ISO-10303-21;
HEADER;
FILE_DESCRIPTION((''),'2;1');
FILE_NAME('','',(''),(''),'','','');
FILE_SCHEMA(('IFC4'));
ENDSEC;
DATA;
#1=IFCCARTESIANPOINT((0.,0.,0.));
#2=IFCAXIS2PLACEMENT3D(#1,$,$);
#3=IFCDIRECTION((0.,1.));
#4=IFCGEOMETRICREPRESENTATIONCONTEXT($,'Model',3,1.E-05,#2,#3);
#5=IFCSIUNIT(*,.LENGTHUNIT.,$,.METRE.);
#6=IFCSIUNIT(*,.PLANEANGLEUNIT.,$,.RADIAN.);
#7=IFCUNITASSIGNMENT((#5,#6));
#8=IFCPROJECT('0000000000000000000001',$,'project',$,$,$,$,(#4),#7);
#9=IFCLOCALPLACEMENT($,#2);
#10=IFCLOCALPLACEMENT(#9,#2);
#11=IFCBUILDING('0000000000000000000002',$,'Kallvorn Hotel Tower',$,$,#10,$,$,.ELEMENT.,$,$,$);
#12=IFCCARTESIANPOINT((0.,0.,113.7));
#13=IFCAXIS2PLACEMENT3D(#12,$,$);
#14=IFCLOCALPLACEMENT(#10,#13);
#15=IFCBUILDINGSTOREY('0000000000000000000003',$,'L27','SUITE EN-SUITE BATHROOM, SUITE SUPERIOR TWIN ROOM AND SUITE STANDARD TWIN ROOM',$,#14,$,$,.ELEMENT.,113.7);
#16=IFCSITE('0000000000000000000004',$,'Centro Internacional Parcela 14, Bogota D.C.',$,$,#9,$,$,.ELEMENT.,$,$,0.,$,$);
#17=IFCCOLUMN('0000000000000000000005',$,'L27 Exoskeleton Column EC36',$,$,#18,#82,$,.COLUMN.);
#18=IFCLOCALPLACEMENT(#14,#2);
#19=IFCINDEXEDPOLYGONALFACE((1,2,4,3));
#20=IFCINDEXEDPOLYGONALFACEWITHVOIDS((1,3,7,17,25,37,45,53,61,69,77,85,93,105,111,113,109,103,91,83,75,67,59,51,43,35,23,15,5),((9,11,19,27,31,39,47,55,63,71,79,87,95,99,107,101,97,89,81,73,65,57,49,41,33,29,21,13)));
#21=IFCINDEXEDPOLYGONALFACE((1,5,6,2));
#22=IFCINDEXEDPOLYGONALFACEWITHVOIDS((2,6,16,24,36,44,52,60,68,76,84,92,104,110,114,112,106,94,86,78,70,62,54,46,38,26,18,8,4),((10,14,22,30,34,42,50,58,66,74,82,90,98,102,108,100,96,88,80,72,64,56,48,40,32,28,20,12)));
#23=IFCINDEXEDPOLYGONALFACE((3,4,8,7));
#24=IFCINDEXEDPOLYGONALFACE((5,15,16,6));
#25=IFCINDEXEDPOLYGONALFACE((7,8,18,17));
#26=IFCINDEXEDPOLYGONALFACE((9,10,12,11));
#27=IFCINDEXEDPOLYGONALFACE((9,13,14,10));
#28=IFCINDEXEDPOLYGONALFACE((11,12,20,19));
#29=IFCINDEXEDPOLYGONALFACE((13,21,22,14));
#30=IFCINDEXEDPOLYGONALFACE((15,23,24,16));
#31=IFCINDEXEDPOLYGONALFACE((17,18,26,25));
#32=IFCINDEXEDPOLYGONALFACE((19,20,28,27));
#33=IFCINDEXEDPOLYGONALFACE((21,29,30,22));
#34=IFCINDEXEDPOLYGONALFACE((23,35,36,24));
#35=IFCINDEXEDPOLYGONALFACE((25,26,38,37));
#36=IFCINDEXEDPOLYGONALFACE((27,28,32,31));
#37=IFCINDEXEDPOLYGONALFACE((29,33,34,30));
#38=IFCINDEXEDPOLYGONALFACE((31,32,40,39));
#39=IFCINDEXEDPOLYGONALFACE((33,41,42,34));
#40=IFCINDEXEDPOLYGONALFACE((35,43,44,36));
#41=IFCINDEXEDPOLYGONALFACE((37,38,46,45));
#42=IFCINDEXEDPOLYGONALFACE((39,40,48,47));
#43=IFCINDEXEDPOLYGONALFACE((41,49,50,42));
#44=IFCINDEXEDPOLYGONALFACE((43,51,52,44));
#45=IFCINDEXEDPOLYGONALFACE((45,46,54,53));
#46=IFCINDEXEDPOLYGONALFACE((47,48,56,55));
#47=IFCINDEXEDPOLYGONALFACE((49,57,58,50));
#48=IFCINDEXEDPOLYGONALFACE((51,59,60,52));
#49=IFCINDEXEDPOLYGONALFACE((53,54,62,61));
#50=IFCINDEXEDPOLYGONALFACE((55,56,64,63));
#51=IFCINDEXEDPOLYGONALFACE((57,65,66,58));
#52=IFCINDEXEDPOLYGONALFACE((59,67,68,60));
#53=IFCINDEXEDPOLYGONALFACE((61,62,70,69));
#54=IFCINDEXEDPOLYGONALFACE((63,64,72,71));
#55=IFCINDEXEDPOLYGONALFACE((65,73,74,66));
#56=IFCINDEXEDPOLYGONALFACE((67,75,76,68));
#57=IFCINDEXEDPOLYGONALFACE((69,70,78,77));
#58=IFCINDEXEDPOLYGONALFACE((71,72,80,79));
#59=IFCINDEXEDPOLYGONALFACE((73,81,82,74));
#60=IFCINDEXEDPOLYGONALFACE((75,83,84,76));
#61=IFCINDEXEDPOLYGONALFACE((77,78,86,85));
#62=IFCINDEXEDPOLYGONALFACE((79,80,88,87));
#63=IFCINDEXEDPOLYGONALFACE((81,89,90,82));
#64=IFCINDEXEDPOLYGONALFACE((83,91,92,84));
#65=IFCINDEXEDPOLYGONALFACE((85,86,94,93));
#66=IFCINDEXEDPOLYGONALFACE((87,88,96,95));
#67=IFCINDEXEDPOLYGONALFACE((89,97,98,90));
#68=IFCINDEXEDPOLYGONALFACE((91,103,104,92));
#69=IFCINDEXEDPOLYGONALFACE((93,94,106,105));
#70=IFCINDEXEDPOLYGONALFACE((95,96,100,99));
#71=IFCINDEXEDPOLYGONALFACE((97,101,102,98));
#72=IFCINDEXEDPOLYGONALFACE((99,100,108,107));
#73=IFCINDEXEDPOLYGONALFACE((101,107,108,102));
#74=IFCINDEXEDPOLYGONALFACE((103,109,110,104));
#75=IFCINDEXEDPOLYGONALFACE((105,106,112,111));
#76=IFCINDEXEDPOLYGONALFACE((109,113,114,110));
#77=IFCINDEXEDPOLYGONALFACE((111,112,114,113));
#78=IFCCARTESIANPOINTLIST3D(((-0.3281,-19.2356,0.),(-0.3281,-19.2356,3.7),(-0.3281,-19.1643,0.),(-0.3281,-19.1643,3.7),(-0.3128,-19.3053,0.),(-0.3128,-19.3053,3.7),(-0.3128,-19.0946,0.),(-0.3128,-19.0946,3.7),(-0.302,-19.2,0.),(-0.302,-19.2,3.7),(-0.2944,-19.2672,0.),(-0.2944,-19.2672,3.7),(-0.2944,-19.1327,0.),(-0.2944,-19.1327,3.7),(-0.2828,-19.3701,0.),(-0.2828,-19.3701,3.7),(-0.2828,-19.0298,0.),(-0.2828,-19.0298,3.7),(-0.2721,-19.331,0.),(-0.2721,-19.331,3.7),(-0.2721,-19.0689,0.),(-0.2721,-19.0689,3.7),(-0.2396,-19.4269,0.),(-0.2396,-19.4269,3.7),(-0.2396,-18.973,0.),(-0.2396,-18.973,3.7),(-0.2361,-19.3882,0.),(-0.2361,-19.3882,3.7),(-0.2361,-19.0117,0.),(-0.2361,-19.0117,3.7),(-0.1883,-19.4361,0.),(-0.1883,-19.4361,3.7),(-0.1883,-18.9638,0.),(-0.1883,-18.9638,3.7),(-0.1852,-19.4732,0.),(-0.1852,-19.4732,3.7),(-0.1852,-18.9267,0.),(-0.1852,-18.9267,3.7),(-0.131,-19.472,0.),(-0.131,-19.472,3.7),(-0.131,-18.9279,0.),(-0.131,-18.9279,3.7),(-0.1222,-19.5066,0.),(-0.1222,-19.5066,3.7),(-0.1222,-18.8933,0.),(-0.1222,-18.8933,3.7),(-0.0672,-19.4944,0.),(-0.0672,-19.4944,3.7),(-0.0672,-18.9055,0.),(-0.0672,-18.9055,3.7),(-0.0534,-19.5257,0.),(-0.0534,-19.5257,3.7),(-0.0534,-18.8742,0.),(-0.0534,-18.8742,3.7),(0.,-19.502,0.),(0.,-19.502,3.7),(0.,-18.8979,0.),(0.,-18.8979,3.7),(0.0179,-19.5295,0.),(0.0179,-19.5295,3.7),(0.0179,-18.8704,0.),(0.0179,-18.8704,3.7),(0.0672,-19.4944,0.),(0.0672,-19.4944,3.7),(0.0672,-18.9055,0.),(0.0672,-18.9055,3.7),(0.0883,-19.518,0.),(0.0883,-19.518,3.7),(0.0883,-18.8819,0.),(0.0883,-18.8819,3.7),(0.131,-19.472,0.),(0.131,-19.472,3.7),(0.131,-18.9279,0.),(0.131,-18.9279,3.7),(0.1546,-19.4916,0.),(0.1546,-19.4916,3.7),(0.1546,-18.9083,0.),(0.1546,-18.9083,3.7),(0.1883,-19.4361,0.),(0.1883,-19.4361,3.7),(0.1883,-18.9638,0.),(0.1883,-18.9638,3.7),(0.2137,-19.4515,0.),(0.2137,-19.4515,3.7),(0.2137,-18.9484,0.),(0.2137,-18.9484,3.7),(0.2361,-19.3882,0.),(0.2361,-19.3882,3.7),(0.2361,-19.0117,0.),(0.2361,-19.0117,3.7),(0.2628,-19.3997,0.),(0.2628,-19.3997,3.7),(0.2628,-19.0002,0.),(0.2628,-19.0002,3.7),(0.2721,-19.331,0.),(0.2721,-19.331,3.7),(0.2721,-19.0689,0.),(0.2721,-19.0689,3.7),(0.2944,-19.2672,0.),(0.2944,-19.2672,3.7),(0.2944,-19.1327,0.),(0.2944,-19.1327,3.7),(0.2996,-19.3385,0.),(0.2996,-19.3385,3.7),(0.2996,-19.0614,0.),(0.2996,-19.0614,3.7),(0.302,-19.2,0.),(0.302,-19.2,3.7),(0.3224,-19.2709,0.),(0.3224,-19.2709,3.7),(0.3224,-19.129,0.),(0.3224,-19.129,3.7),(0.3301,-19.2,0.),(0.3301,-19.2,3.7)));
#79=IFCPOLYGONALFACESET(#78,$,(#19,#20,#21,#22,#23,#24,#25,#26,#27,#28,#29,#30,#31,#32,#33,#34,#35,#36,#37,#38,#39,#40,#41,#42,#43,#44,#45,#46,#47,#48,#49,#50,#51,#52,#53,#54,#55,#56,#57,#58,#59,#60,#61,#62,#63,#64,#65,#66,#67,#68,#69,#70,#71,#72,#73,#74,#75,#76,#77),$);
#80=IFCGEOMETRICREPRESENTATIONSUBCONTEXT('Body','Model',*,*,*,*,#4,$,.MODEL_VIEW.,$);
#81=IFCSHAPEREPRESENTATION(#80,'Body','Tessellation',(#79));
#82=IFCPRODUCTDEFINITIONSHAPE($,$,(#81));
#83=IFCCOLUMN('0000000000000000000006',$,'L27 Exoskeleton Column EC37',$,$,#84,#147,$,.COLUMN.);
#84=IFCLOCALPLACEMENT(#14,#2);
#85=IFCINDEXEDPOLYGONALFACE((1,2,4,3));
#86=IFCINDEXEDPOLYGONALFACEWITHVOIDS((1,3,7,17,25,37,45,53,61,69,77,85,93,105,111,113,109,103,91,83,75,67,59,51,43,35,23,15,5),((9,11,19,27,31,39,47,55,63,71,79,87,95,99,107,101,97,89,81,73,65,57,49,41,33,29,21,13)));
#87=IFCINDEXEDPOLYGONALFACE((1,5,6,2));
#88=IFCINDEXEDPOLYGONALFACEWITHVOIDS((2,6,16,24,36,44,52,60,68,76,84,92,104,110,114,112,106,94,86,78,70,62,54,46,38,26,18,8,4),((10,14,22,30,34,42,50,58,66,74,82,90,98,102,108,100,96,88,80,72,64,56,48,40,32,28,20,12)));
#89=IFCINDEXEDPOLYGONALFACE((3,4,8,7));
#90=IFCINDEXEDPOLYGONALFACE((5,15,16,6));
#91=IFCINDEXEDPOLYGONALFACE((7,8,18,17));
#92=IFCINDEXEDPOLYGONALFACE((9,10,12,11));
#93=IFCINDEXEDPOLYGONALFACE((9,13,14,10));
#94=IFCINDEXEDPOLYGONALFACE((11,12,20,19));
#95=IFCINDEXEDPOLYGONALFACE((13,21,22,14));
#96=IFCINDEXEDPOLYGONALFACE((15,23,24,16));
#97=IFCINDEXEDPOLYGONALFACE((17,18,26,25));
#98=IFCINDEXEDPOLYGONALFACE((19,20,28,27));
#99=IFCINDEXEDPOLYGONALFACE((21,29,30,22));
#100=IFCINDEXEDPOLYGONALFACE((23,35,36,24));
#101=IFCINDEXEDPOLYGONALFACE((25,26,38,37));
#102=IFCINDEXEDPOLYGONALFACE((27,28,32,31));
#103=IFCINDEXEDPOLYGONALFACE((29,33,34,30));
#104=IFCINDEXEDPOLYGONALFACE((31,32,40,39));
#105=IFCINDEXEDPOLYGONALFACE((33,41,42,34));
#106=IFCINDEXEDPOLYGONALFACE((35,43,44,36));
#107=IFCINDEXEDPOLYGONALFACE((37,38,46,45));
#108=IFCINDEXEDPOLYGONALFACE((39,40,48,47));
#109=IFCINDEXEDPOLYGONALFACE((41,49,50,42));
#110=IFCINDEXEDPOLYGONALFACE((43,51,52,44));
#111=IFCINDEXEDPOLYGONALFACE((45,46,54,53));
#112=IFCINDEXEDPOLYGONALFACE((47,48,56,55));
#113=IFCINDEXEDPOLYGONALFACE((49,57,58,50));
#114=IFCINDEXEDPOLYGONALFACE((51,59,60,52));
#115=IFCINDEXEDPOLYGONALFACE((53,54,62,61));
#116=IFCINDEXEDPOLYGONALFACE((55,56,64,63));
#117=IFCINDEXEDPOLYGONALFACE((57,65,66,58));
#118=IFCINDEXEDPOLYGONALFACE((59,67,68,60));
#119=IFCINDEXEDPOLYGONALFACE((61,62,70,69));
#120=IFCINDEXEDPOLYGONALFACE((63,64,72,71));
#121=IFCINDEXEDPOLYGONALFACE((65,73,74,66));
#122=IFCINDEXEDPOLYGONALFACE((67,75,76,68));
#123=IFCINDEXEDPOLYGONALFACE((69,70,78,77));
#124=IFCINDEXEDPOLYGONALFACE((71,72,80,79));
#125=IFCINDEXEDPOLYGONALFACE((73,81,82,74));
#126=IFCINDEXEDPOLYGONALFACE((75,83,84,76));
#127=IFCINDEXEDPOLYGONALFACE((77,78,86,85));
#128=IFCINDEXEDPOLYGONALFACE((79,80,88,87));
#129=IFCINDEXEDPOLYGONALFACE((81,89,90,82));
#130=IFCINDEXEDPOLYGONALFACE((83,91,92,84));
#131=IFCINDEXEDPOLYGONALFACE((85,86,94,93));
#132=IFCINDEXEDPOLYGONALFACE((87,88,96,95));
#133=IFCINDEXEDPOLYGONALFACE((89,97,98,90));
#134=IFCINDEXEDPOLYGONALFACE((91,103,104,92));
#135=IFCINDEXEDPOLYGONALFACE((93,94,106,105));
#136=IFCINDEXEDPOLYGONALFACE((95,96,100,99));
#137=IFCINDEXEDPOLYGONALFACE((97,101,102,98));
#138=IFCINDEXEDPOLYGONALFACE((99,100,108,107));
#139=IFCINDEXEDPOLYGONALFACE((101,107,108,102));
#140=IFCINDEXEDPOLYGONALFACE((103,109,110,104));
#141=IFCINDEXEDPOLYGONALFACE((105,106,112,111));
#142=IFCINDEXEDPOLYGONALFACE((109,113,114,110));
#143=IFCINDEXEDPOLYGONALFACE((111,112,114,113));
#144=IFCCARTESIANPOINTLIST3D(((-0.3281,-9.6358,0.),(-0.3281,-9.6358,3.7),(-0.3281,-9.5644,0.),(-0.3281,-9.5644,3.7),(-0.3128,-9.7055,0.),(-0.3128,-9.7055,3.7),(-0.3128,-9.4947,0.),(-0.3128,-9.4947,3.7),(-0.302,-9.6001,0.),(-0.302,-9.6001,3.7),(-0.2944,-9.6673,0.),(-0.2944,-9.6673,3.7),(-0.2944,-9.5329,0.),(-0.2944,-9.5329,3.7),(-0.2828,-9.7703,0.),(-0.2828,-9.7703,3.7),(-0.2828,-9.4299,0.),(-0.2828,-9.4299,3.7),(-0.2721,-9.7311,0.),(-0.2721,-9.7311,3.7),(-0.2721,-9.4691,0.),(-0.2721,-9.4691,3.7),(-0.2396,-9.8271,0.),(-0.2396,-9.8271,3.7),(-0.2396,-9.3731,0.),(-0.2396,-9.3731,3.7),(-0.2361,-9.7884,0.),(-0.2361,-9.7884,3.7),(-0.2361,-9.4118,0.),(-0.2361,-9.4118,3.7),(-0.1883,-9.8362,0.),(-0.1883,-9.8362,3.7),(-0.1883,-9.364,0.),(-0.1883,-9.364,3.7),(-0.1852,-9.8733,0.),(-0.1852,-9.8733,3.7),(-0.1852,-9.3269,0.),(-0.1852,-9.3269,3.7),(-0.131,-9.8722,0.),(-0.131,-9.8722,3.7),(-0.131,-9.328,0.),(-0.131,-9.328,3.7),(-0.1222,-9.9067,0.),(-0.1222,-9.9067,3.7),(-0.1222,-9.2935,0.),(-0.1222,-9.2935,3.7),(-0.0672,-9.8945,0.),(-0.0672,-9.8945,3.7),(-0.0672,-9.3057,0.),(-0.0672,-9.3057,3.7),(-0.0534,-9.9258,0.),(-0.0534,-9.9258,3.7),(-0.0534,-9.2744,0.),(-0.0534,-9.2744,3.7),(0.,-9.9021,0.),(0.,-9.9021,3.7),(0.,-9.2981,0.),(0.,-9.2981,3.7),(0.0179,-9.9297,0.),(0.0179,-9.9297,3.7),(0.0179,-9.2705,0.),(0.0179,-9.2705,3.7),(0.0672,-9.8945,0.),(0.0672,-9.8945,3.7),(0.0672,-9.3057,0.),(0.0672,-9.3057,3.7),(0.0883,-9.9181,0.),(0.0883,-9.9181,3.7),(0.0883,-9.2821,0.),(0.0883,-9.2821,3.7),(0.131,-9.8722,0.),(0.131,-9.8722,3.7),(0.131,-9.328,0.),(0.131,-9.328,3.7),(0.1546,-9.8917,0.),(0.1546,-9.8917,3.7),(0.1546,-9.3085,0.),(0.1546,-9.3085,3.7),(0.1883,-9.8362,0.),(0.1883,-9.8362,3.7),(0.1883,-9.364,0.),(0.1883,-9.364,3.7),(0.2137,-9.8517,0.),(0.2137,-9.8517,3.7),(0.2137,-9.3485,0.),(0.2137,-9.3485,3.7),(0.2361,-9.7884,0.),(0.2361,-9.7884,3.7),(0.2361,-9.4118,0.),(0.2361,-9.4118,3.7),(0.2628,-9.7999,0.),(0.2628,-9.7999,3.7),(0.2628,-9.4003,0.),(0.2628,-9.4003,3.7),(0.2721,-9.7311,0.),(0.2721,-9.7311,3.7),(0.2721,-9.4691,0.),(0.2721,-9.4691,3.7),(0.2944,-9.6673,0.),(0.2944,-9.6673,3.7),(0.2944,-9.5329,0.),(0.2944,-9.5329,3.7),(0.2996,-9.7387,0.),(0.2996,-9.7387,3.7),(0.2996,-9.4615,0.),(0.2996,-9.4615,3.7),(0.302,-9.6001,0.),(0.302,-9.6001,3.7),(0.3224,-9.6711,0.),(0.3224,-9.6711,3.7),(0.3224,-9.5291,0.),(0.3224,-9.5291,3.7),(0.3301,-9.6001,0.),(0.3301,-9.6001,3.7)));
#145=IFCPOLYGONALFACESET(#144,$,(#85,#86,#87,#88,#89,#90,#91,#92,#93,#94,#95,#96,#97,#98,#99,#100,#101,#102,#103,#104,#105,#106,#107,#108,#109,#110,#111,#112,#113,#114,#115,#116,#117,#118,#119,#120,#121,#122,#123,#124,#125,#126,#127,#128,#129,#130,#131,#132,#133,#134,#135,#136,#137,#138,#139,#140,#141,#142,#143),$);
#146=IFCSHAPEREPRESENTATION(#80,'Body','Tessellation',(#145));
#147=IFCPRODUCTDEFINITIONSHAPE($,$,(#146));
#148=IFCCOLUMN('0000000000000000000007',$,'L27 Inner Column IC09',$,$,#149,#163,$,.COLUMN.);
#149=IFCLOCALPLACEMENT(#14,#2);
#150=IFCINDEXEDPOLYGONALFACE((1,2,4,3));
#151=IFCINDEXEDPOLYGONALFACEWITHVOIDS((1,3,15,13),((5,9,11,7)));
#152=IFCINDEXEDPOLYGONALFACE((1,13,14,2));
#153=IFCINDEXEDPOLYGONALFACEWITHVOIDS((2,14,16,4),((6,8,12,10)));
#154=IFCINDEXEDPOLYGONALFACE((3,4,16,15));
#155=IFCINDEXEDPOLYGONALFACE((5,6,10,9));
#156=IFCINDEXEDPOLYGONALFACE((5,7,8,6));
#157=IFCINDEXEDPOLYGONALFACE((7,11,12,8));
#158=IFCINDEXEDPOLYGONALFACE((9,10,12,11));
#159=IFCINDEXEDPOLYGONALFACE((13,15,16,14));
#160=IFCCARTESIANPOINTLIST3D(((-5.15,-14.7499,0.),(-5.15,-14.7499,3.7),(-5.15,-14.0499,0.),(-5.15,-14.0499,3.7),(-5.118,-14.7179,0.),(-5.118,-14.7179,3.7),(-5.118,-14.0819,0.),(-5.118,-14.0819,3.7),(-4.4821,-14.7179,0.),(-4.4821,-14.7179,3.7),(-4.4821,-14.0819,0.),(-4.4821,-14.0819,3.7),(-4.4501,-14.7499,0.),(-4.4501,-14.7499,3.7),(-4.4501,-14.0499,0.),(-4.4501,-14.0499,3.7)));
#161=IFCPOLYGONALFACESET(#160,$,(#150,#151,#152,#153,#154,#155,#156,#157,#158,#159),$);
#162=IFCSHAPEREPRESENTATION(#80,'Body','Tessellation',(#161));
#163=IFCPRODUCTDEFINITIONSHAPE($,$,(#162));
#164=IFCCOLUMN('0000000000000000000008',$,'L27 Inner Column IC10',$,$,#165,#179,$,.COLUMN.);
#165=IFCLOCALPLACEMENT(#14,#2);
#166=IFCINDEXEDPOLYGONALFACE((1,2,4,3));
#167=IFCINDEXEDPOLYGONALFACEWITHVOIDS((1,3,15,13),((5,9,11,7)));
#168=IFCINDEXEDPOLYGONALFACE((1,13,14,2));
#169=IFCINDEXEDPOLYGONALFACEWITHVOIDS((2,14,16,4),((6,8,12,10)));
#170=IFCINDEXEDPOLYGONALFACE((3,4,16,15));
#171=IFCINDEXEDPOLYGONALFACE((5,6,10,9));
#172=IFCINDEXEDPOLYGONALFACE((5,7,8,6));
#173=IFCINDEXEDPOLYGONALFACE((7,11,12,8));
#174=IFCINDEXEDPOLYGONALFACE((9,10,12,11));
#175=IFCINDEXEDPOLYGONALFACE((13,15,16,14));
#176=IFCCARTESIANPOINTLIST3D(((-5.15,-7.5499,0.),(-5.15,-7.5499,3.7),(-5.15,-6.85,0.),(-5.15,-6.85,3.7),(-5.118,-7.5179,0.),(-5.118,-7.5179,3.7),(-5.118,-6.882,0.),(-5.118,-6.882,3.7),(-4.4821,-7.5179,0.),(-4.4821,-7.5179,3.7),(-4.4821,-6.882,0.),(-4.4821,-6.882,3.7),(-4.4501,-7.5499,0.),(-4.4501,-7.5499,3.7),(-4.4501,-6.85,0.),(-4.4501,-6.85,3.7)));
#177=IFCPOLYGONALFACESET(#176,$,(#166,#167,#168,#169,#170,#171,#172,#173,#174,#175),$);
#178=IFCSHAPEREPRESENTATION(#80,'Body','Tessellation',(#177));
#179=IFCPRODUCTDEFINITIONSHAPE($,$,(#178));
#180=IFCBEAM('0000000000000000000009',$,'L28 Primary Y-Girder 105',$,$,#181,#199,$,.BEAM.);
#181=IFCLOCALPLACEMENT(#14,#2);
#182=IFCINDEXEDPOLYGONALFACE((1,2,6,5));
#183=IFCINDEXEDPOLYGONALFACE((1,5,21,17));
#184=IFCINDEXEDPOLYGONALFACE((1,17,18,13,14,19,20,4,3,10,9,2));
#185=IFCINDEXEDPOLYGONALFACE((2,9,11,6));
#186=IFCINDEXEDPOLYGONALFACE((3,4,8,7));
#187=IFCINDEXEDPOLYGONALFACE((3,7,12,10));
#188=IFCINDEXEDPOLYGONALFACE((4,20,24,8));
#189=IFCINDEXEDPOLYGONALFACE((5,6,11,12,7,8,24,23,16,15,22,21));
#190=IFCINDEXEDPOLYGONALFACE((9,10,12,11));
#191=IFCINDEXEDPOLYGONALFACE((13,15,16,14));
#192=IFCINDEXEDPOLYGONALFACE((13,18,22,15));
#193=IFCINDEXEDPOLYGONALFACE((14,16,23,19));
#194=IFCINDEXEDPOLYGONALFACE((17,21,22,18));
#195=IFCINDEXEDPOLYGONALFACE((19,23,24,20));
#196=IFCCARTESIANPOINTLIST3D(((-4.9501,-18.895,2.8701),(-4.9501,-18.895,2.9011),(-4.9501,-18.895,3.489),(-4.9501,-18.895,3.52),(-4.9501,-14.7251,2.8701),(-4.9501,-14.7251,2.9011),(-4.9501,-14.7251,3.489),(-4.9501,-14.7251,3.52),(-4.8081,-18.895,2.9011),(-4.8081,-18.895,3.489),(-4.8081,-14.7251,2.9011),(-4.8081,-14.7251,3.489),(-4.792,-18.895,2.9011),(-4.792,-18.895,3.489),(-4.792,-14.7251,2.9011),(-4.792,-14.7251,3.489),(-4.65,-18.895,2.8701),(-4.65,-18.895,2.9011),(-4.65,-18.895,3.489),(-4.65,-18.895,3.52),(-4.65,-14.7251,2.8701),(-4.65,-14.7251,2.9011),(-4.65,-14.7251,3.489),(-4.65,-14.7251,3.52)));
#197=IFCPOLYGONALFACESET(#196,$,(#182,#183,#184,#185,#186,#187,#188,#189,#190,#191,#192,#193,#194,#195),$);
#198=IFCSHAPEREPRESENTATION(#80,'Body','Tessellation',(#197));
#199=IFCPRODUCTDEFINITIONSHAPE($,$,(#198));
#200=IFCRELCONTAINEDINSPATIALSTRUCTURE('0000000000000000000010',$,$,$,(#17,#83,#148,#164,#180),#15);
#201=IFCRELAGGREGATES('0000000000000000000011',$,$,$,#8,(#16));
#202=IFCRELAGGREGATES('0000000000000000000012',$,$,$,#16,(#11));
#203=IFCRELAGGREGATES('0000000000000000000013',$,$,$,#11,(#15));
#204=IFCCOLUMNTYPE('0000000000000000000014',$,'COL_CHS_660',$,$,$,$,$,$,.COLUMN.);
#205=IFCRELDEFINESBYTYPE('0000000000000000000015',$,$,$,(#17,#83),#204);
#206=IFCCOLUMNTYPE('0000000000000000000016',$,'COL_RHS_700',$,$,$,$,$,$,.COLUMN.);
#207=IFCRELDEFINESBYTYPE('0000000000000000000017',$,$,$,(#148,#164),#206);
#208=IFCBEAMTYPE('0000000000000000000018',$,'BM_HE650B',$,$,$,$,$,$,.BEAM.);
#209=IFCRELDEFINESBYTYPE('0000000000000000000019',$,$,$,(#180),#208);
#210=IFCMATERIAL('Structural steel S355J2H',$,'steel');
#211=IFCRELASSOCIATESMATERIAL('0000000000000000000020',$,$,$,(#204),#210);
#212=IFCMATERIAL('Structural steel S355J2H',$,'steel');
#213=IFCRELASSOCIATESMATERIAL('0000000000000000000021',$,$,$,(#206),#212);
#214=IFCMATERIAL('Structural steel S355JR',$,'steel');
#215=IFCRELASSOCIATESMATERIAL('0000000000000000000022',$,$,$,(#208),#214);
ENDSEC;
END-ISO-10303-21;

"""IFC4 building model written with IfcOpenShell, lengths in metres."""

from ifc_helpers import new_model, si_unit, direction, frame, origin, origin_2d, place, context, subcontext, project, spatial, hollow_rectangle, hollow_circle, i_section, extrude, material, material_profile, profile_set, type_object, element, save


model = new_model("IFC4")

# Units and contexts
model_context = context("Model", 3, precision=1e-05, world=origin(), true_north=direction((0.0, 1.0)))
body_context = subcontext(model_context, "Body", "Model", "MODEL_VIEW")
ifc_project = project(units=[si_unit("LENGTHUNIT", "METRE"), si_unit("PLANEANGLEUNIT", "RADIAN")], contexts=[model_context])

# Site, building, storey
site_placement = place(None, origin())
site = spatial("IfcSite", under=ifc_project, at=site_placement, Name="Centro Internacional Parcela 14, Bogota D.C.", CompositionType="ELEMENT", RefElevation=0.0)
building_placement = place(site_placement, origin())
building = spatial("IfcBuilding", under=site, at=building_placement, Name="Kallvorn Hotel Tower", CompositionType="ELEMENT")
storey_placement = place(building_placement, frame((0.0, 0.0, 113.7)))
storey = spatial("IfcBuildingStorey", under=building, at=storey_placement, Name="L27", Description="SUITE EN-SUITE BATHROOM, SUITE SUPERIOR TWIN ROOM AND SUITE STANDARD TWIN ROOM", CompositionType="ELEMENT", Elevation=113.7)

# Columns
ifc_material_1 = material(Name="Structural steel S355J2H", Category="steel")
ifc_material_profile_1 = material_profile(ifc_material_1, hollow_circle(Radius=0.3301, WallThickness=0.0281, at=origin_2d()), Name="CHS 660x28")
ifc_profile_set_1 = profile_set([ifc_material_profile_1], Name="Structural steel S355J2H")
column_type_1 = type_object("IfcColumnType", Name="COL_CHS_660", PredefinedType="COLUMN", material=ifc_profile_set_1)
for number, where, z_axis, x_axis, name in (
    (1, (0.0, -19.2, 0.0), (0.0, 0.0, 1.0), (1.0, 0.0, 0.0), "L27 Exoskeleton Column EC36"),
    (2, (0.0, -9.6001, 0.0), (0.0, 0.0, 1.0), (1.0, 0.0, 0.0), "L27 Exoskeleton Column EC37"),
):
    element("IfcColumn", number, at=place(storey_placement, frame(where, z_axis=z_axis, x_axis=x_axis)), inside=storey, type_object=column_type_1, Name=name, PredefinedType="COLUMN", context=body_context, shape_type="SweptSolid", body=[
        extrude(hollow_circle(Radius=0.3301, WallThickness=0.0281, at=origin_2d()), origin(), (0.0, 0.0, 1.0), 3.7),
    ])
ifc_material_2 = material(Name="Structural steel S355J2H", Category="steel")
ifc_material_profile_2 = material_profile(ifc_material_2, hollow_rectangle(XDim=0.7, YDim=0.7, WallThickness=0.032, at=origin_2d()), Name="RHS 700x700x32")
ifc_profile_set_2 = profile_set([ifc_material_profile_2], Name="Structural steel S355J2H")
column_type_2 = type_object("IfcColumnType", Name="COL_RHS_700", PredefinedType="COLUMN", material=ifc_profile_set_2)
for number, where, z_axis, x_axis, name in (
    (3, (-4.8, -14.3999, 0.0), (0.0, 0.0, 1.0), (1.0, 0.0, 0.0), "L27 Inner Column IC09"),
    (4, (-4.8, -7.2, 0.0), (0.0, 0.0, 1.0), (1.0, 0.0, 0.0), "L27 Inner Column IC10"),
):
    element("IfcColumn", number, at=place(storey_placement, frame(where, z_axis=z_axis, x_axis=x_axis)), inside=storey, type_object=column_type_2, Name=name, PredefinedType="COLUMN", context=body_context, shape_type="SweptSolid", body=[
        extrude(hollow_rectangle(XDim=0.7, YDim=0.7, WallThickness=0.032, at=origin_2d()), origin(), (0.0, 0.0, 1.0), 3.7),
    ])

# Beam
ifc_material_3 = material(Name="Structural steel S355JR", Category="steel")
ifc_material_profile_3 = material_profile(ifc_material_3, i_section(OverallWidth=0.3, OverallDepth=0.6499, WebThickness=0.0161, FlangeThickness=0.031, at=origin_2d()), Name="HE 650 B")
ifc_profile_set_3 = profile_set([ifc_material_profile_3], Name="Structural steel S355JR")
beam_type_1 = type_object("IfcBeamType", Name="BM_HE650B", PredefinedType="BEAM", material=ifc_profile_set_3)
beam_1_placement = place(storey_placement, frame((-4.8, -18.895, 3.1951), z_axis=(0.0, 1.0, 0.0), x_axis=(-1.0, 0.0, 0.0)))
element("IfcBeam", 5, at=beam_1_placement, inside=storey, type_object=beam_type_1, Name="L28 Primary Y-Girder 105", PredefinedType="BEAM", context=body_context, shape_type="SweptSolid", body=[
    extrude(i_section(OverallWidth=0.3, OverallDepth=0.6499, WebThickness=0.0161, FlangeThickness=0.031, at=origin_2d()), origin(), (0.0, 0.0, 1.0), 4.1699),
])

save(model, "model.ifc")
